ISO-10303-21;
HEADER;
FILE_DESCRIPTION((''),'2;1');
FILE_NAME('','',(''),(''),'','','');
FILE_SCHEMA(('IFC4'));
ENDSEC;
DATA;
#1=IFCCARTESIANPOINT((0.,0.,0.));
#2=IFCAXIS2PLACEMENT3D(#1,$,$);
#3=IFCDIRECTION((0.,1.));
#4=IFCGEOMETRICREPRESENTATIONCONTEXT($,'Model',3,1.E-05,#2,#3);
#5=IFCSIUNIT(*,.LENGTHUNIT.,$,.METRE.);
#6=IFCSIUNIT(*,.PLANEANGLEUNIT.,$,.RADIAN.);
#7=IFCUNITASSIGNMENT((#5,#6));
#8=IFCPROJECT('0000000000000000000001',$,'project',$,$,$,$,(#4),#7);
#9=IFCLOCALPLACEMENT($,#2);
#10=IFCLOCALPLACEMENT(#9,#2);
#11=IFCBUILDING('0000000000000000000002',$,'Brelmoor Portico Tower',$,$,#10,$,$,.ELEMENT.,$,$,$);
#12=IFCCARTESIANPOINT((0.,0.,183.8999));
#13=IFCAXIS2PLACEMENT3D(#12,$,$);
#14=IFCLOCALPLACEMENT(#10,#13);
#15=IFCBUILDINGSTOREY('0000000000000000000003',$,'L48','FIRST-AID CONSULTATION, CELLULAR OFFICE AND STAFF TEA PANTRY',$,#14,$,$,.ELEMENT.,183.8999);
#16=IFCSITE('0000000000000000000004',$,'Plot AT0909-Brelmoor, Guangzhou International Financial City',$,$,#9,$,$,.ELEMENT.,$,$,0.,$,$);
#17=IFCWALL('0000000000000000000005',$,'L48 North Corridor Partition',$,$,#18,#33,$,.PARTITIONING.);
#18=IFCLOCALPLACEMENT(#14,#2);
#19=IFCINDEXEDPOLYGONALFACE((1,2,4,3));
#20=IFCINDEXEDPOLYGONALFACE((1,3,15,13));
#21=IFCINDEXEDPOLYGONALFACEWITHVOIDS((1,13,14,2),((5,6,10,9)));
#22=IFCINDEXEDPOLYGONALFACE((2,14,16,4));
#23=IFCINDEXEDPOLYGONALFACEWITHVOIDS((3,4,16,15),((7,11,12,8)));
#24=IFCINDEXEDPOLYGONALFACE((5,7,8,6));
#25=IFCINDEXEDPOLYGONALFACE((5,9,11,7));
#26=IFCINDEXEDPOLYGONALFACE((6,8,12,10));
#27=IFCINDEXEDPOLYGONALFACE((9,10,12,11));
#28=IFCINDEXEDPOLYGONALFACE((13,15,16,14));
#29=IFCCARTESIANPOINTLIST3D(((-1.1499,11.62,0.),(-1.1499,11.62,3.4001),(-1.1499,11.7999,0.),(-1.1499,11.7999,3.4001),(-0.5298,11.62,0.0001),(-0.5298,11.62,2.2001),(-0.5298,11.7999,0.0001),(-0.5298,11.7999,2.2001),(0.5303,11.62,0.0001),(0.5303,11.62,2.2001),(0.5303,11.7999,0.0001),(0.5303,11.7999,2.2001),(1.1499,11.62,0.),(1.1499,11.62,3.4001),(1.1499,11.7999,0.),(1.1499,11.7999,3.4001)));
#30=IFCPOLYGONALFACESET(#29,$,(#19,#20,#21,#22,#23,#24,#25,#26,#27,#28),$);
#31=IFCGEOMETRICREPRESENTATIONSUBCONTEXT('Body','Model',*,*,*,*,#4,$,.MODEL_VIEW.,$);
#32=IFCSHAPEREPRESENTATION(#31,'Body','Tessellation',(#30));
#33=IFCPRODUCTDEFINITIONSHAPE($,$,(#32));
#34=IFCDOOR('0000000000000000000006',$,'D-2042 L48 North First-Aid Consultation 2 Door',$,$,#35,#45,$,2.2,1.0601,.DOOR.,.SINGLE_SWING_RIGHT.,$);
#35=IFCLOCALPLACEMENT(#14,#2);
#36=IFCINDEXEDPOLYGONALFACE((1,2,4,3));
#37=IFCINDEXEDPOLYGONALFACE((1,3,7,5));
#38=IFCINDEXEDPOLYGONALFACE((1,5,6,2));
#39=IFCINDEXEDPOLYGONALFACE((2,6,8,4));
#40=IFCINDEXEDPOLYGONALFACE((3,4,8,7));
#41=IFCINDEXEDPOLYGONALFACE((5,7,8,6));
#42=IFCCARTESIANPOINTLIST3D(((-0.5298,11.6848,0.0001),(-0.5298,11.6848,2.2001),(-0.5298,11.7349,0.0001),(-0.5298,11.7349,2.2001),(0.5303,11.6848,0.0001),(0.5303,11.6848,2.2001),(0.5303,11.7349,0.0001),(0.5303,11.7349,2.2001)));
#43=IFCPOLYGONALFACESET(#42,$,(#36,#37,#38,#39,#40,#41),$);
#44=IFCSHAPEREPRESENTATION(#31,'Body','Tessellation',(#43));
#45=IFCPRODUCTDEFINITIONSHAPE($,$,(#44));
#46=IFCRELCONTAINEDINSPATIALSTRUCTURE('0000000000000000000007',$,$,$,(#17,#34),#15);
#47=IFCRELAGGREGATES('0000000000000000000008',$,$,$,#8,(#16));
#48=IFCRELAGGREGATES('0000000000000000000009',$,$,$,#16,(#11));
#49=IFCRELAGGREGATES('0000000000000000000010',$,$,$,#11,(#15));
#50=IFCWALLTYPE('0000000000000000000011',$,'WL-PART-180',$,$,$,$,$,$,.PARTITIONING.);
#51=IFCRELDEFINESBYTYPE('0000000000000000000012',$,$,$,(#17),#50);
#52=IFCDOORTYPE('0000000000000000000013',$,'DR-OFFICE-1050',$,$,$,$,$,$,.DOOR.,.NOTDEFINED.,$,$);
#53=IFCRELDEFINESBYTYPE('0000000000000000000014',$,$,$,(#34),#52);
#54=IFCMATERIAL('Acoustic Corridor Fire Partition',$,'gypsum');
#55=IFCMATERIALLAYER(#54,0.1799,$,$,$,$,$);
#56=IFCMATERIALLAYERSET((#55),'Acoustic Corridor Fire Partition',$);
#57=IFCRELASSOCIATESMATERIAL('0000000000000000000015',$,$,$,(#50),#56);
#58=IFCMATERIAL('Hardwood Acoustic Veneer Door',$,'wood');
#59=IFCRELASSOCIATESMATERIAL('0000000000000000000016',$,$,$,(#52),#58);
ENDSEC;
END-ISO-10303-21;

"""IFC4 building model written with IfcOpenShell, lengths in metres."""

from ifc_helpers import new_model, si_unit, direction, frame, frame_2d, origin, place, context, subcontext, project, spatial, rectangle, extrude, material, layer, layer_set, type_object, element, fill, save


model = new_model("IFC4")

# Units and contexts
model_context = context("Model", 3, precision=1e-05, world=origin(), true_north=direction((0.0, 1.0)))
body_context = subcontext(model_context, "Body", "Model", "MODEL_VIEW")
ifc_project = project(units=[si_unit("LENGTHUNIT", "METRE"), si_unit("PLANEANGLEUNIT", "RADIAN")], contexts=[model_context])

# Site, building, storey
site_placement = place(None, origin())
site = spatial("IfcSite", under=ifc_project, at=site_placement, Name="Plot AT0909-Brelmoor, Guangzhou International Financial City", CompositionType="ELEMENT", RefElevation=0.0)
building_placement = place(site_placement, origin())
building = spatial("IfcBuilding", under=site, at=building_placement, Name="Brelmoor Portico Tower", CompositionType="ELEMENT")
storey_placement = place(building_placement, frame((0.0, 0.0, 183.8999)))
storey = spatial("IfcBuildingStorey", under=building, at=storey_placement, Name="L48", Description="FIRST-AID CONSULTATION, CELLULAR OFFICE AND STAFF TEA PANTRY", CompositionType="ELEMENT", Elevation=183.8999)

# Shared definitions
ifc_material_1 = material(Name="Acoustic Corridor Fire Partition", Category="gypsum")
ifc_layer_1 = layer(ifc_material_1, 0.1799)
ifc_layer_set_1 = layer_set([ifc_layer_1], Name="Acoustic Corridor Fire Partition")
wall_type_1 = type_object("IfcWallType", Name="WL-PART-180", PredefinedType="PARTITIONING", material=ifc_layer_set_1)

# Wall, opening, door
wall_1_placement = place(storey_placement, frame((-1.1499, 11.71, 0.0), z_axis=(0.0, 0.0, 1.0), x_axis=(1.0, 0.0, 0.0)))
wall_1 = element("IfcWall", 1, at=wall_1_placement, inside=storey, type_object=wall_type_1, Name="L48 North Corridor Partition", PredefinedType="PARTITIONING", context=body_context, shape_type="SweptSolid", body=[
    extrude(rectangle(XDim=2.2998, YDim=0.1799, at=frame_2d((1.1499, 0.0))), origin(), (0.0, 0.0, 1.0), 3.4001),
])
opening_1_placement = place(wall_1_placement, frame((0.6201, 0.0, 0.0)))
opening_1 = element("IfcOpeningElement", 2, at=opening_1_placement, cuts=wall_1, PredefinedType="OPENING", context=body_context, shape_type="SweptSolid", body=[
    extrude(rectangle(XDim=1.0601, YDim=2.2, at=frame_2d((0.53, 1.1001))), frame((0.0, 0.0999, 0.0), z_axis=(0.0, -1.0, 0.0), x_axis=(1.0, 0.0, 0.0)), (0.0, 0.0, 1.0), 0.2),
])
ifc_material_2 = material(Name="Hardwood Acoustic Veneer Door", Category="wood")
door_type_1 = type_object("IfcDoorType", Name="DR-OFFICE-1050", OperationType="NOTDEFINED", PredefinedType="DOOR", material=ifc_material_2)
door_1_placement = place(opening_1_placement, origin())
door_1 = element("IfcDoor", 3, at=door_1_placement, inside=storey, type_object=door_type_1, Name="D-2042 L48 North First-Aid Consultation 2 Door", OperationType="SINGLE_SWING_RIGHT", OverallHeight=2.2, OverallWidth=1.0601, PredefinedType="DOOR", context=body_context, shape_type="SweptSolid", body=[
    extrude(rectangle(XDim=1.0601, YDim=2.2, at=frame_2d((0.53, 1.1001))), frame((0.0, 0.0249, 0.0), z_axis=(0.0, -1.0, 0.0), x_axis=(1.0, 0.0, 0.0)), (0.0, 0.0, 1.0), 0.05),
])
fill(opening_1, door_1)

save(model, "model.ifc")
